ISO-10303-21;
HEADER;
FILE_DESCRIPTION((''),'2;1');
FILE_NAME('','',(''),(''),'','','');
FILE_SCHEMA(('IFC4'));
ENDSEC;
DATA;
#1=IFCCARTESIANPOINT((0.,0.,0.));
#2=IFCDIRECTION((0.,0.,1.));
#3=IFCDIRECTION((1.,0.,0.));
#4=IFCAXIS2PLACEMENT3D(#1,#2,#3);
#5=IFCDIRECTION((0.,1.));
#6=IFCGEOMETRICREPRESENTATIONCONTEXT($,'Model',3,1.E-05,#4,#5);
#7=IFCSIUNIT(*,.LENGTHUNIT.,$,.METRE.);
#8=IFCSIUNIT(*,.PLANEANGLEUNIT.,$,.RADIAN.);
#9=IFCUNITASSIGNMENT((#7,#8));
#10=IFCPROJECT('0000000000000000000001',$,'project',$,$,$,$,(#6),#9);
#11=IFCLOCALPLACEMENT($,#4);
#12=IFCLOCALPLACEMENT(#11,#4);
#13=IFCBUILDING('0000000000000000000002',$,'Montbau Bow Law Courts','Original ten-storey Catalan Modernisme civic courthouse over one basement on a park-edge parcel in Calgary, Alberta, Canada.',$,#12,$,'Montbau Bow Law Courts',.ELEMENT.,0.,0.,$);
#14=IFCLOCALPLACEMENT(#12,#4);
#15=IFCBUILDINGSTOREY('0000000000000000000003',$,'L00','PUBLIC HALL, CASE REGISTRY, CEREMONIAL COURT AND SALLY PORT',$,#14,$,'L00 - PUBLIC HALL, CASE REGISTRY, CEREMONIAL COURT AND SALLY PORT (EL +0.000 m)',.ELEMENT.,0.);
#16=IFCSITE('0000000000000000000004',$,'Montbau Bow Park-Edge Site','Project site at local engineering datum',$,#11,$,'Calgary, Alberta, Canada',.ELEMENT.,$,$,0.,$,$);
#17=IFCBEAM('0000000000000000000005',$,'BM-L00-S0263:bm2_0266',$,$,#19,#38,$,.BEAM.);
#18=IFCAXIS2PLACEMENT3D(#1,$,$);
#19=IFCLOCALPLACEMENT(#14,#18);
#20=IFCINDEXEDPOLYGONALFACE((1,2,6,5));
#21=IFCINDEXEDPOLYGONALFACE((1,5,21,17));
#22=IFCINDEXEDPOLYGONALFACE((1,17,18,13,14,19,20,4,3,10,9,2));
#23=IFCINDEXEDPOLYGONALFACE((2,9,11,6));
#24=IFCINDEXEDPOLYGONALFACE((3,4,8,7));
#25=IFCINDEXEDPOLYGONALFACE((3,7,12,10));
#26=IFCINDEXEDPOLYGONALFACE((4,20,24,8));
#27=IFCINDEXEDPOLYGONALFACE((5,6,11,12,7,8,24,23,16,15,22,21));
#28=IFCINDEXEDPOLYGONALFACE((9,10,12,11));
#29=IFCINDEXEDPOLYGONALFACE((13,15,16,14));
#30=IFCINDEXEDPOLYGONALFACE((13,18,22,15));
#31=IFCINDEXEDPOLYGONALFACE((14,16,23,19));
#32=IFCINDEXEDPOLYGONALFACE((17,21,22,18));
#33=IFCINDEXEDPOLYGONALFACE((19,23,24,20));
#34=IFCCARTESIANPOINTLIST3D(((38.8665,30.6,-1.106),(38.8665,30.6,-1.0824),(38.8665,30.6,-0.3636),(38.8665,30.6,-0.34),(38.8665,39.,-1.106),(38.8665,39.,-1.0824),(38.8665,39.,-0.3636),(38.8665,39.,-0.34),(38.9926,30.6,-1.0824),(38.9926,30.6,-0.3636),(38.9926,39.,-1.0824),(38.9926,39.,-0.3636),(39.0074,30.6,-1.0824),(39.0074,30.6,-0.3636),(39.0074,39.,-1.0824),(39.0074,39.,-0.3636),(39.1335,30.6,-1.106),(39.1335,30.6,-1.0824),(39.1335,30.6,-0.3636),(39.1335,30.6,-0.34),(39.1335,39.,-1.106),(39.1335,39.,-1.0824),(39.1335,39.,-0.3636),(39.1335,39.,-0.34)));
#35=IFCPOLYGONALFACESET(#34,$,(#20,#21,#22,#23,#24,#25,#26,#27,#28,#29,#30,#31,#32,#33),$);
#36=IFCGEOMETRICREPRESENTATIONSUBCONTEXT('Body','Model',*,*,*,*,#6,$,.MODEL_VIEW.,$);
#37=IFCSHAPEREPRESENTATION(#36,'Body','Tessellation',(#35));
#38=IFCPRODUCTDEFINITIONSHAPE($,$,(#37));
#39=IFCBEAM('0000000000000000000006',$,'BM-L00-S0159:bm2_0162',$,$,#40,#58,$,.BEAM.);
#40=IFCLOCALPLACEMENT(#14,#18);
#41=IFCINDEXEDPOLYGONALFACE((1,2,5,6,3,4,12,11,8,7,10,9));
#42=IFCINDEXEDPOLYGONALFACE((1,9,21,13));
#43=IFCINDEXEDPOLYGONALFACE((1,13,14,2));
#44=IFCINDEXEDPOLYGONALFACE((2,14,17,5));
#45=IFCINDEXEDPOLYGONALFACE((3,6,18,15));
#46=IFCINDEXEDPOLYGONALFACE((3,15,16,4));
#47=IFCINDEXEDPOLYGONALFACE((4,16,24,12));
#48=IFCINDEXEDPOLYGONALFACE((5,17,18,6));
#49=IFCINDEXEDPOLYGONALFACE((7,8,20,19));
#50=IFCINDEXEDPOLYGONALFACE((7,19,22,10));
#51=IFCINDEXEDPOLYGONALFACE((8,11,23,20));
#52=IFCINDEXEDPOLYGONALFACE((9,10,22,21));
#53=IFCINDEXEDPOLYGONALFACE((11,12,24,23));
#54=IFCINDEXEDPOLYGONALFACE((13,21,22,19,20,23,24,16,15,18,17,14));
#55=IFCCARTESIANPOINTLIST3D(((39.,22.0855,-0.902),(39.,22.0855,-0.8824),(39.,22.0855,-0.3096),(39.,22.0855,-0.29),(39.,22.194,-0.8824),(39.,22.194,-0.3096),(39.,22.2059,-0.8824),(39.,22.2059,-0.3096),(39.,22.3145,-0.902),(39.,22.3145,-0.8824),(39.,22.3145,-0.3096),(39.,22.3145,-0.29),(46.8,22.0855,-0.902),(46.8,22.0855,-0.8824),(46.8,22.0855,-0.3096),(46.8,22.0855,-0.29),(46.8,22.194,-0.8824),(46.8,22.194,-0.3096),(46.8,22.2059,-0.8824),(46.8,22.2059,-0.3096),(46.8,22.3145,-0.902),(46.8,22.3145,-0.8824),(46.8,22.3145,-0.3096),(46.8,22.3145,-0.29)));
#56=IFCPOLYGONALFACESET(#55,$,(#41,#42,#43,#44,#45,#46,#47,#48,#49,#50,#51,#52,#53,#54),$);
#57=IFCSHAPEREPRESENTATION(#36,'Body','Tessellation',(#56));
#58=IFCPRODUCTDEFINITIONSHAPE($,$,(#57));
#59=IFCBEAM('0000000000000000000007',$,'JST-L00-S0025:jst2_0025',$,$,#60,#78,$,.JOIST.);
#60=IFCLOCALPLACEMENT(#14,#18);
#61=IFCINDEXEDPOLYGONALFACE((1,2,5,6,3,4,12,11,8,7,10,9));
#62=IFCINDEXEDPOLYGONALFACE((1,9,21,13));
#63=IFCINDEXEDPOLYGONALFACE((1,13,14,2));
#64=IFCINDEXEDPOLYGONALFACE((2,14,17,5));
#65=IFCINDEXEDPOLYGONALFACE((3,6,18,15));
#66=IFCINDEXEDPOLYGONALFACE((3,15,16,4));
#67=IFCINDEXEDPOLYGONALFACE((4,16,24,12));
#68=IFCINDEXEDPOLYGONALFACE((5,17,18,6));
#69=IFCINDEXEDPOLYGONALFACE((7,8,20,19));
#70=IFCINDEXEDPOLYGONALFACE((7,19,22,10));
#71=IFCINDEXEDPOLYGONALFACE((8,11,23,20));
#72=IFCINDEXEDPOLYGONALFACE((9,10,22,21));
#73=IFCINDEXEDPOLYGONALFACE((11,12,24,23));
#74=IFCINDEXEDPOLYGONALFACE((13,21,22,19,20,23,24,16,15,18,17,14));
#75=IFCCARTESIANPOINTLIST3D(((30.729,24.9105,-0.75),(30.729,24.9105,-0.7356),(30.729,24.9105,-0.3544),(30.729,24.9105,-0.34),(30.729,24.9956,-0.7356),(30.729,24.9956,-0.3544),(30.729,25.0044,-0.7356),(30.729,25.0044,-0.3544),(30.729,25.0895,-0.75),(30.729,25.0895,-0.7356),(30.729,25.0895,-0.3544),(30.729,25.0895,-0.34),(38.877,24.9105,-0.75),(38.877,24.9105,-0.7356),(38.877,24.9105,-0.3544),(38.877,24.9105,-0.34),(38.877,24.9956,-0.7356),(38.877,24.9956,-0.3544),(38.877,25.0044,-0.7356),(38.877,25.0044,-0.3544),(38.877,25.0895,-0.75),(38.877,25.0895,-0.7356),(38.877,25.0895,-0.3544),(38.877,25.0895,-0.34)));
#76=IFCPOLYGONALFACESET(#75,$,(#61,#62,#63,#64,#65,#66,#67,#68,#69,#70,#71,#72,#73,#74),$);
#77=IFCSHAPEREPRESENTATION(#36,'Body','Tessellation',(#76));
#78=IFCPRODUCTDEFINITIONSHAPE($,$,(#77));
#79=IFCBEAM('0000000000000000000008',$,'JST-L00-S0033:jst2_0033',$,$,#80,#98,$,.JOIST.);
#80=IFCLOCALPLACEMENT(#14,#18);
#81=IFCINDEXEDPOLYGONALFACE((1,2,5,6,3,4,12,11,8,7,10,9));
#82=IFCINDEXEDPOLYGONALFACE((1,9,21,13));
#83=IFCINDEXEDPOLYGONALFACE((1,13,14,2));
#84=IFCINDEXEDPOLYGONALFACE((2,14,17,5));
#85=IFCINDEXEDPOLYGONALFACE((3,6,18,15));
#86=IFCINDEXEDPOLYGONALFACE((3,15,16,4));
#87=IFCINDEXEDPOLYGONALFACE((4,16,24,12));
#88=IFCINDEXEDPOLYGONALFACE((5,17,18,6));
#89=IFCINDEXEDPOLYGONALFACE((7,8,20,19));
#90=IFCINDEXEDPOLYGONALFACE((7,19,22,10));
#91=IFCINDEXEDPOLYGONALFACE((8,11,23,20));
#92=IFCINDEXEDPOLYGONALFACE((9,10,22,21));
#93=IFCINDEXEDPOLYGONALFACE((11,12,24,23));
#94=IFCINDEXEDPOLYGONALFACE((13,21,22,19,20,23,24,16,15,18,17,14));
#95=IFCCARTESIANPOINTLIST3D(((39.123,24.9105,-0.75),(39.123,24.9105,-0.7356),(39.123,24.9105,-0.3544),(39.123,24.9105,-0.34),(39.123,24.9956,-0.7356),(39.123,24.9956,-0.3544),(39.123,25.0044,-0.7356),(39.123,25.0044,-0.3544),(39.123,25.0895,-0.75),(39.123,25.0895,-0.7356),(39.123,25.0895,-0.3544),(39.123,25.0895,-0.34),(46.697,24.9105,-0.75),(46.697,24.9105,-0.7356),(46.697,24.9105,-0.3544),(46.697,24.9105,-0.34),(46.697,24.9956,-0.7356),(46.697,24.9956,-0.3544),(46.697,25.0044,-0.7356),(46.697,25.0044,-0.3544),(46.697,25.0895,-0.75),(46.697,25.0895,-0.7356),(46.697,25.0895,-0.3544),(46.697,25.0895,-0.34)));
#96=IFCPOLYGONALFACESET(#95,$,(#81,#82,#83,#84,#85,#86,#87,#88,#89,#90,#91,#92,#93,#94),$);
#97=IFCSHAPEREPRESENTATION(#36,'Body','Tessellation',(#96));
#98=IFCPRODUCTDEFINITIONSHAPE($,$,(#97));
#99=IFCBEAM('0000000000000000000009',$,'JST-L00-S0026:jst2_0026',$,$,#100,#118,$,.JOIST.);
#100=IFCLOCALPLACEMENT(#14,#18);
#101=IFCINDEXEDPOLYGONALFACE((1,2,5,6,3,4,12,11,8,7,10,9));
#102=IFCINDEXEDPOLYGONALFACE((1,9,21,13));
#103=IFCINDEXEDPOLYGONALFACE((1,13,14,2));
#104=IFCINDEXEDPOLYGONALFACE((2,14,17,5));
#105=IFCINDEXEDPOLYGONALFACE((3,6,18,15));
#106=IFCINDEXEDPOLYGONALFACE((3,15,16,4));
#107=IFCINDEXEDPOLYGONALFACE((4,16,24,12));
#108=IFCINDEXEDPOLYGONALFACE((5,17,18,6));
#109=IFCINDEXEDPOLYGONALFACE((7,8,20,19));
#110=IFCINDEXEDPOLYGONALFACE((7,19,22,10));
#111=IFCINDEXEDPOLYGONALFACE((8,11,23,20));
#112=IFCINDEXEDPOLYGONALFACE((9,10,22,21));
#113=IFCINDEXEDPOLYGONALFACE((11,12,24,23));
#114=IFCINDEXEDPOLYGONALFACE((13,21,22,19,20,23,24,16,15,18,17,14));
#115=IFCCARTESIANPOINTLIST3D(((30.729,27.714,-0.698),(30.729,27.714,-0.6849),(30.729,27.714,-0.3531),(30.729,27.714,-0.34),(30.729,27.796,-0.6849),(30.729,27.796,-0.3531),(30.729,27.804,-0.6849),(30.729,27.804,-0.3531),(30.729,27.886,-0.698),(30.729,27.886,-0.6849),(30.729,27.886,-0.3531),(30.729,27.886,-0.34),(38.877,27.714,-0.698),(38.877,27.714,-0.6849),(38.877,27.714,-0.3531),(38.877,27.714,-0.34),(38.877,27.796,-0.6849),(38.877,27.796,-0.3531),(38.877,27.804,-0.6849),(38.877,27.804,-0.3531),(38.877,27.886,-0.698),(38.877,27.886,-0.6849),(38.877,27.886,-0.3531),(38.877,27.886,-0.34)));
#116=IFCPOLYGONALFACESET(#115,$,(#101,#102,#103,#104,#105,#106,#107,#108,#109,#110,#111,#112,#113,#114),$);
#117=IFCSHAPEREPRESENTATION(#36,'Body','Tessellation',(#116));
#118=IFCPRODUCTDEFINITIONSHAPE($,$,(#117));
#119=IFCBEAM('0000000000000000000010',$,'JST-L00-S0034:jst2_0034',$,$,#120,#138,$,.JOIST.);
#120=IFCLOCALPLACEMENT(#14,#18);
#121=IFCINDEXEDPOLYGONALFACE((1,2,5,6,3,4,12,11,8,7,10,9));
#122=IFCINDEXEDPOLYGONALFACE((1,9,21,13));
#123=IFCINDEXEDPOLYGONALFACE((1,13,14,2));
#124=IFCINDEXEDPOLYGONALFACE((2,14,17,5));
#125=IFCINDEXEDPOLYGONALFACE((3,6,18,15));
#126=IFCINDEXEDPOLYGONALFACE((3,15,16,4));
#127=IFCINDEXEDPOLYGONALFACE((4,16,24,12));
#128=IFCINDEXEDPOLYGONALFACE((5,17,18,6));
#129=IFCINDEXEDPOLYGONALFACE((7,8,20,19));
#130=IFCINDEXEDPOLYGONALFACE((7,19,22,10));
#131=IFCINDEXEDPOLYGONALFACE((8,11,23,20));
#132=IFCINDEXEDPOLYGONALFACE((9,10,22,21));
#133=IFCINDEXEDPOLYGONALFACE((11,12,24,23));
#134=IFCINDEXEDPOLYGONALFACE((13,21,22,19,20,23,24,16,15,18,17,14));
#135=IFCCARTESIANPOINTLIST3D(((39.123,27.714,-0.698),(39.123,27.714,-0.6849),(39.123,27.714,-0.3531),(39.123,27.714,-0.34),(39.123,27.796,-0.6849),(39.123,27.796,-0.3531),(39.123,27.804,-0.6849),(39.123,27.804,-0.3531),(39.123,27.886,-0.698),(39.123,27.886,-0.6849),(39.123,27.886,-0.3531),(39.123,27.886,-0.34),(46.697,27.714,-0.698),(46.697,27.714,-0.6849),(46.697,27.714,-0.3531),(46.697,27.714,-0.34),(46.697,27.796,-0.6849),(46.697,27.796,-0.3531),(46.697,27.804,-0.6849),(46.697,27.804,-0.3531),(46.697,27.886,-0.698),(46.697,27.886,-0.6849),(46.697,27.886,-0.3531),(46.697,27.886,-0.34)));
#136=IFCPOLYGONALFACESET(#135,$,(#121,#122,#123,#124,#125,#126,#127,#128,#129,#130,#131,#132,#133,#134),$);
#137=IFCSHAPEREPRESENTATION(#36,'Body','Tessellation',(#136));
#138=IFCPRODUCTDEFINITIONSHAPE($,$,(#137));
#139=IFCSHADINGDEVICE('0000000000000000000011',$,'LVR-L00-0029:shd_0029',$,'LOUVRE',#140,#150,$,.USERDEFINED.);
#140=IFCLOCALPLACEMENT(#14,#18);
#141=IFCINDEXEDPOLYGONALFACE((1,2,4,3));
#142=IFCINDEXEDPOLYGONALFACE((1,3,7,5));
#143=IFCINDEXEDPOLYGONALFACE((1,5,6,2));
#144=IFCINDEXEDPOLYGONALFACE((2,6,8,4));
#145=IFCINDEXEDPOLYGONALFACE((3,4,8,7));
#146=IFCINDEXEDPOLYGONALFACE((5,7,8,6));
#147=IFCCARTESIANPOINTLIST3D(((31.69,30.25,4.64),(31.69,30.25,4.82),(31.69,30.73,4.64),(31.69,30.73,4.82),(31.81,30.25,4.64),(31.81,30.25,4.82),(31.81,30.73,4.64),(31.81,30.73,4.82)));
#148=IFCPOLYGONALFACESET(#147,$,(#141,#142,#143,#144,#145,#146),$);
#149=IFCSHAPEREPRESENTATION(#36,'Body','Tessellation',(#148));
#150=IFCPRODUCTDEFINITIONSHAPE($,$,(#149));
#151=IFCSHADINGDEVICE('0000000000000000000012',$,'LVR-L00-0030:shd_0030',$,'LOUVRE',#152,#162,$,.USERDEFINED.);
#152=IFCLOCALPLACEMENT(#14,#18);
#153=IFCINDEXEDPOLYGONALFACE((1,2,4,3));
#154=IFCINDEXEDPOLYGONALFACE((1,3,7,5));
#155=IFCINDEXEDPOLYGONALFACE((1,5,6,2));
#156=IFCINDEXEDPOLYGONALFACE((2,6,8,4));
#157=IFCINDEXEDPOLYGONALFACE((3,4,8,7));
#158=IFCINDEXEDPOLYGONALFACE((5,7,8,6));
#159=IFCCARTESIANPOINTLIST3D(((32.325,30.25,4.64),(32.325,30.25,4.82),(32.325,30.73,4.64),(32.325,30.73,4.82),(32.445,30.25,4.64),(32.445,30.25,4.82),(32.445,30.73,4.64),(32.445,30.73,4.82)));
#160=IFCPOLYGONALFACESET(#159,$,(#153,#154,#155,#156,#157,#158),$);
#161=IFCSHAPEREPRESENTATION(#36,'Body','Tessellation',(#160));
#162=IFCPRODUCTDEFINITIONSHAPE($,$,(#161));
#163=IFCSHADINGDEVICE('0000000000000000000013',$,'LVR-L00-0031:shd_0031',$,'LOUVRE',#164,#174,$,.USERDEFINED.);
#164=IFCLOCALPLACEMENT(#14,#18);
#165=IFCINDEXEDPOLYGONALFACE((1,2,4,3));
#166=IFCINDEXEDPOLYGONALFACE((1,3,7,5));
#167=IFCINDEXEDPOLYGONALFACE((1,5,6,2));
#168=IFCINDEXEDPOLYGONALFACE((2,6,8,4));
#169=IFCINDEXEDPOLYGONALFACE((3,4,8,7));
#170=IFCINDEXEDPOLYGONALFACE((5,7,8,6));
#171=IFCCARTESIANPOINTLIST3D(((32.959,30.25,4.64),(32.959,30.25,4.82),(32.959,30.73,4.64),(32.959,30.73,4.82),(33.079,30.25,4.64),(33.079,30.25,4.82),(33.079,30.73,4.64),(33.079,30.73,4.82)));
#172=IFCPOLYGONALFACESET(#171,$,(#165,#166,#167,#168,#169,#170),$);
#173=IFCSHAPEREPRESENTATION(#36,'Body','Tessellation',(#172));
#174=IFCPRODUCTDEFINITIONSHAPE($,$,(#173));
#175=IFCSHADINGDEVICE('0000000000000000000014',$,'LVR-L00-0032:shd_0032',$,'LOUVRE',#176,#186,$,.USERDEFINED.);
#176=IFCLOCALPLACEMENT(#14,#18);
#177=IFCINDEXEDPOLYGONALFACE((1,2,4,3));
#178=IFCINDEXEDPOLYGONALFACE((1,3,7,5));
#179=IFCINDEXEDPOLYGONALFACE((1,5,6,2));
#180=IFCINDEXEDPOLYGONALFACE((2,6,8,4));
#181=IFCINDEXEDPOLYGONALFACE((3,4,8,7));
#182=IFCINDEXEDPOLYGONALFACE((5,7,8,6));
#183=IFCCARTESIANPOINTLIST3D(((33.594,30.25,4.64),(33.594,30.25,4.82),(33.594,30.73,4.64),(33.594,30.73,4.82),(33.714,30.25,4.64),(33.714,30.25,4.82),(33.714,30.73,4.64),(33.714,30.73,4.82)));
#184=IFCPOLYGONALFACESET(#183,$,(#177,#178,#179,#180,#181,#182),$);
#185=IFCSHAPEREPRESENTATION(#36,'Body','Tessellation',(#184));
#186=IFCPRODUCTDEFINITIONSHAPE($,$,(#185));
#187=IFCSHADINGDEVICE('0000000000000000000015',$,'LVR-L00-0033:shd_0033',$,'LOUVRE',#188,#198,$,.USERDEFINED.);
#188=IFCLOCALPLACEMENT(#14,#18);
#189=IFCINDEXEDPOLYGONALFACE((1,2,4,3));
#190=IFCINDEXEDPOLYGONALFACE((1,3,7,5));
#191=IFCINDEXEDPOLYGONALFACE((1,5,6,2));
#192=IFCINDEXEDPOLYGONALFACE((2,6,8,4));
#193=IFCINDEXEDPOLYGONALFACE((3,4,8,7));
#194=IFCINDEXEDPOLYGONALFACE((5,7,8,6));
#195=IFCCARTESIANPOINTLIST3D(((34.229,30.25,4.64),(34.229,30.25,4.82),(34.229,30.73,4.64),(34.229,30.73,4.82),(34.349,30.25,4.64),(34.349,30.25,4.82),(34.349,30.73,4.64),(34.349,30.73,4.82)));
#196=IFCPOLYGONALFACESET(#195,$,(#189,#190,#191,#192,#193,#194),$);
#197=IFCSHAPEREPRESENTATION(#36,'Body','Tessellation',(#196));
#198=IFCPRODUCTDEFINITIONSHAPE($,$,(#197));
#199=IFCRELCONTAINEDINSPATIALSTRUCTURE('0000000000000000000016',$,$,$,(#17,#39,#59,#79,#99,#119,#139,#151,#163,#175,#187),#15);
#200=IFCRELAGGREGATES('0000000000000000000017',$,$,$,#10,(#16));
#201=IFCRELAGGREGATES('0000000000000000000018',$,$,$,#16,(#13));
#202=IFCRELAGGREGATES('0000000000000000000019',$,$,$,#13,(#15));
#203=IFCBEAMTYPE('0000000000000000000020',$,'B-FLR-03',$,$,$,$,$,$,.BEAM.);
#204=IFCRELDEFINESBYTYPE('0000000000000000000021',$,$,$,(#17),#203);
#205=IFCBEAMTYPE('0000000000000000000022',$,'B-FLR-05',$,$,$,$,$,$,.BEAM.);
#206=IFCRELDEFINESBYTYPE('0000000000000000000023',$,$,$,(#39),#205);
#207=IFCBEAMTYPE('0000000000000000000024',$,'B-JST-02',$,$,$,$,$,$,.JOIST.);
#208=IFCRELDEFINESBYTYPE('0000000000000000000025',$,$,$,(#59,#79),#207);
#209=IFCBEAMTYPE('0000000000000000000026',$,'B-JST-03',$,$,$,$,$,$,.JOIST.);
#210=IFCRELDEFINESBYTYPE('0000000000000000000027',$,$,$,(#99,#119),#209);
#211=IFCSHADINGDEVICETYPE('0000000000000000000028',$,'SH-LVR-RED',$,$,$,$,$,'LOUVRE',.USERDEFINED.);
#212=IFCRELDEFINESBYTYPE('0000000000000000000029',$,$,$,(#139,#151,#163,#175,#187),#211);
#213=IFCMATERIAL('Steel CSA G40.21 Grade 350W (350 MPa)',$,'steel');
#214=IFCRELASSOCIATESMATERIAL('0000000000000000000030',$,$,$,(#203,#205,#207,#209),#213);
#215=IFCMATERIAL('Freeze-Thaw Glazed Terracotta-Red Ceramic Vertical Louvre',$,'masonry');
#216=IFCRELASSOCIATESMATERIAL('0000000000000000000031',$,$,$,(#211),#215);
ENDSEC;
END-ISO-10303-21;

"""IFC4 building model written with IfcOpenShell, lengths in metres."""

from ifc_helpers import new_model, si_unit, direction, frame, origin_with_axes, origin_2d_with_axis, place, context, subcontext, project, spatial, rectangle, i_section, extrude, material, material_profile, profile_set, type_object, element, save


model = new_model("IFC4")

# Units and contexts
model_context = context("Model", 3, precision=1e-05, world=origin_with_axes(), true_north=direction((0.0, 1.0)))
body_context = subcontext(model_context, "Body", "Model", "MODEL_VIEW")
ifc_project = project(units=[si_unit("LENGTHUNIT", "METRE"), si_unit("PLANEANGLEUNIT", "RADIAN")], contexts=[model_context])

# Site, building, storey
site_placement = place(None, origin_with_axes())
site = spatial("IfcSite", under=ifc_project, at=site_placement, Name="Montbau Bow Park-Edge Site", Description="Project site at local engineering datum", LongName="Calgary, Alberta, Canada", CompositionType="ELEMENT", RefElevation=0.0)
building_placement = place(site_placement, origin_with_axes())
building = spatial("IfcBuilding", under=site, at=building_placement, Name="Montbau Bow Law Courts", Description="Original ten-storey Catalan Modernisme civic courthouse over one basement on a park-edge parcel in Calgary, Alberta, Canada.", LongName="Montbau Bow Law Courts", CompositionType="ELEMENT", ElevationOfRefHeight=0.0, ElevationOfTerrain=0.0)
storey_placement = place(building_placement, origin_with_axes())
storey = spatial("IfcBuildingStorey", under=building, at=storey_placement, Name="L00", Description="PUBLIC HALL, CASE REGISTRY, CEREMONIAL COURT AND SALLY PORT", LongName="L00 - PUBLIC HALL, CASE REGISTRY, CEREMONIAL COURT AND SALLY PORT (EL +0.000 m)", CompositionType="ELEMENT", Elevation=0.0)

# Beams
ifc_material_1 = material(Name="Steel CSA G40.21 Grade 350W (350 MPa)", Category="steel")
ifc_material_profile_1 = material_profile(ifc_material_1, i_section(OverallWidth=0.267, OverallDepth=0.766, WebThickness=0.0149, FlangeThickness=0.0236, at=origin_2d_with_axis()), Name="W760X185", Category="Main", Priority=0)
ifc_profile_set_1 = profile_set([ifc_material_profile_1], Name="Steel CSA G40.21 Grade 350W (350 MPa)")
beam_type_1 = type_object("IfcBeamType", Name="B-FLR-03", PredefinedType="BEAM", material=ifc_profile_set_1)
beam_1_placement = place(None, frame((39.0, 30.6, -0.723), z_axis=(0.0, 1.0, 0.0), x_axis=(-1.0, 0.0, 0.0)))
element("IfcBeam", 1, at=beam_1_placement, inside=storey, type_object=beam_type_1, Name="BM-L00-S0263:bm2_0266", PredefinedType="BEAM", context=body_context, shape_type="SweptSolid", body=[
    extrude(i_section(OverallWidth=0.267, OverallDepth=0.766, WebThickness=0.0149, FlangeThickness=0.0236, at=origin_2d_with_axis()), origin_with_axes(), (0.0, 0.0, 1.0), 8.4),
])
ifc_material_profile_2 = material_profile(ifc_material_1, i_section(OverallWidth=0.229, OverallDepth=0.612, WebThickness=0.0119, FlangeThickness=0.0196, at=origin_2d_with_axis()), Name="W610X125", Category="Main", Priority=0)
ifc_profile_set_2 = profile_set([ifc_material_profile_2], Name="Steel CSA G40.21 Grade 350W (350 MPa)")
beam_type_2 = type_object("IfcBeamType", Name="B-FLR-05", PredefinedType="BEAM", material=ifc_profile_set_2)
beam_2_placement = place(None, frame((39.0, 22.2, -0.596), z_axis=(1.0, 0.0, 0.0), x_axis=(0.0, 1.0, 0.0)))
element("IfcBeam", 2, at=beam_2_placement, inside=storey, type_object=beam_type_2, Name="BM-L00-S0159:bm2_0162", PredefinedType="BEAM", context=body_context, shape_type="SweptSolid", body=[
    extrude(i_section(OverallWidth=0.229, OverallDepth=0.612, WebThickness=0.0119, FlangeThickness=0.0196, at=origin_2d_with_axis()), origin_with_axes(), (0.0, 0.0, 1.0), 7.8),
])
ifc_material_profile_3 = material_profile(ifc_material_1, i_section(OverallWidth=0.179, OverallDepth=0.41, WebThickness=0.0088, FlangeThickness=0.0144, at=origin_2d_with_axis()), Name="W410X67", Category="Main", Priority=0)
ifc_profile_set_3 = profile_set([ifc_material_profile_3], Name="Steel CSA G40.21 Grade 350W (350 MPa)")
beam_type_3 = type_object("IfcBeamType", Name="B-JST-02", PredefinedType="JOIST", material=ifc_profile_set_3)
beam_3_placement = place(None, frame((30.729, 25.0, -0.545), z_axis=(1.0, 0.0, 0.0), x_axis=(0.0, 1.0, 0.0)))
element("IfcBeam", 3, at=beam_3_placement, inside=storey, type_object=beam_type_3, Name="JST-L00-S0025:jst2_0025", PredefinedType="JOIST", context=body_context, shape_type="SweptSolid", body=[
    extrude(i_section(OverallWidth=0.179, OverallDepth=0.41, WebThickness=0.0088, FlangeThickness=0.0144, at=origin_2d_with_axis()), origin_with_axes(), (0.0, 0.0, 1.0), 8.148),
])
beam_4_placement = place(None, frame((39.123, 25.0, -0.545), z_axis=(1.0, 0.0, 0.0), x_axis=(0.0, 1.0, 0.0)))
element("IfcBeam", 4, at=beam_4_placement, inside=storey, type_object=beam_type_3, Name="JST-L00-S0033:jst2_0033", PredefinedType="JOIST", context=body_context, shape_type="SweptSolid", body=[
    extrude(i_section(OverallWidth=0.179, OverallDepth=0.41, WebThickness=0.0088, FlangeThickness=0.0144, at=origin_2d_with_axis()), origin_with_axes(), (0.0, 0.0, 1.0), 7.574),
])
ifc_material_profile_4 = material_profile(ifc_material_1, i_section(OverallWidth=0.172, OverallDepth=0.358, WebThickness=0.0079, FlangeThickness=0.0131, at=origin_2d_with_axis()), Name="W360X57", Category="Main", Priority=0)
ifc_profile_set_4 = profile_set([ifc_material_profile_4], Name="Steel CSA G40.21 Grade 350W (350 MPa)")
beam_type_4 = type_object("IfcBeamType", Name="B-JST-03", PredefinedType="JOIST", material=ifc_profile_set_4)
beam_5_placement = place(None, frame((30.729, 27.8, -0.519), z_axis=(1.0, 0.0, 0.0), x_axis=(0.0, 1.0, 0.0)))
element("IfcBeam", 5, at=beam_5_placement, inside=storey, type_object=beam_type_4, Name="JST-L00-S0026:jst2_0026", PredefinedType="JOIST", context=body_context, shape_type="SweptSolid", body=[
    extrude(i_section(OverallWidth=0.172, OverallDepth=0.358, WebThickness=0.0079, FlangeThickness=0.0131, at=origin_2d_with_axis()), origin_with_axes(), (0.0, 0.0, 1.0), 8.148),
])
beam_6_placement = place(None, frame((39.123, 27.8, -0.519), z_axis=(1.0, 0.0, 0.0), x_axis=(0.0, 1.0, 0.0)))
element("IfcBeam", 6, at=beam_6_placement, inside=storey, type_object=beam_type_4, Name="JST-L00-S0034:jst2_0034", PredefinedType="JOIST", context=body_context, shape_type="SweptSolid", body=[
    extrude(i_section(OverallWidth=0.172, OverallDepth=0.358, WebThickness=0.0079, FlangeThickness=0.0131, at=origin_2d_with_axis()), origin_with_axes(), (0.0, 0.0, 1.0), 7.574),
])

# Shading devices
ifc_material_2 = material(Name="Freeze-Thaw Glazed Terracotta-Red Ceramic Vertical Louvre", Category="masonry")
shading_device_type = type_object("IfcShadingDeviceType", Name="SH-LVR-RED", ElementType="LOUVRE", PredefinedType="USERDEFINED", material=ifc_material_2)
for number, where, z_axis, x_axis, name in (
    (7, (31.75, 30.49, 4.64), (0.0, 0.0, 1.0), (0.0, -1.0, 0.0), "LVR-L00-0029:shd_0029"),
    (8, (32.385, 30.49, 4.64), (0.0, 0.0, 1.0), (0.0, -1.0, 0.0), "LVR-L00-0030:shd_0030"),
    (9, (33.019, 30.49, 4.64), (0.0, 0.0, 1.0), (0.0, -1.0, 0.0), "LVR-L00-0031:shd_0031"),
    (10, (33.654, 30.49, 4.64), (0.0, 0.0, 1.0), (0.0, -1.0, 0.0), "LVR-L00-0032:shd_0032"),
    (11, (34.289, 30.49, 4.64), (0.0, 0.0, 1.0), (0.0, -1.0, 0.0), "LVR-L00-0033:shd_0033"),
):
    element("IfcShadingDevice", number, at=place(None, frame(where, z_axis=z_axis, x_axis=x_axis)), inside=storey, type_object=shading_device_type, Name=name, ObjectType="LOUVRE", PredefinedType="USERDEFINED", context=body_context, shape_type="SweptSolid", body=[
        extrude(rectangle(XDim=0.48, YDim=0.12, at=origin_2d_with_axis()), origin_with_axes(), (0.0, 0.0, 1.0), 0.18),
    ])

save(model, "model.ifc")
